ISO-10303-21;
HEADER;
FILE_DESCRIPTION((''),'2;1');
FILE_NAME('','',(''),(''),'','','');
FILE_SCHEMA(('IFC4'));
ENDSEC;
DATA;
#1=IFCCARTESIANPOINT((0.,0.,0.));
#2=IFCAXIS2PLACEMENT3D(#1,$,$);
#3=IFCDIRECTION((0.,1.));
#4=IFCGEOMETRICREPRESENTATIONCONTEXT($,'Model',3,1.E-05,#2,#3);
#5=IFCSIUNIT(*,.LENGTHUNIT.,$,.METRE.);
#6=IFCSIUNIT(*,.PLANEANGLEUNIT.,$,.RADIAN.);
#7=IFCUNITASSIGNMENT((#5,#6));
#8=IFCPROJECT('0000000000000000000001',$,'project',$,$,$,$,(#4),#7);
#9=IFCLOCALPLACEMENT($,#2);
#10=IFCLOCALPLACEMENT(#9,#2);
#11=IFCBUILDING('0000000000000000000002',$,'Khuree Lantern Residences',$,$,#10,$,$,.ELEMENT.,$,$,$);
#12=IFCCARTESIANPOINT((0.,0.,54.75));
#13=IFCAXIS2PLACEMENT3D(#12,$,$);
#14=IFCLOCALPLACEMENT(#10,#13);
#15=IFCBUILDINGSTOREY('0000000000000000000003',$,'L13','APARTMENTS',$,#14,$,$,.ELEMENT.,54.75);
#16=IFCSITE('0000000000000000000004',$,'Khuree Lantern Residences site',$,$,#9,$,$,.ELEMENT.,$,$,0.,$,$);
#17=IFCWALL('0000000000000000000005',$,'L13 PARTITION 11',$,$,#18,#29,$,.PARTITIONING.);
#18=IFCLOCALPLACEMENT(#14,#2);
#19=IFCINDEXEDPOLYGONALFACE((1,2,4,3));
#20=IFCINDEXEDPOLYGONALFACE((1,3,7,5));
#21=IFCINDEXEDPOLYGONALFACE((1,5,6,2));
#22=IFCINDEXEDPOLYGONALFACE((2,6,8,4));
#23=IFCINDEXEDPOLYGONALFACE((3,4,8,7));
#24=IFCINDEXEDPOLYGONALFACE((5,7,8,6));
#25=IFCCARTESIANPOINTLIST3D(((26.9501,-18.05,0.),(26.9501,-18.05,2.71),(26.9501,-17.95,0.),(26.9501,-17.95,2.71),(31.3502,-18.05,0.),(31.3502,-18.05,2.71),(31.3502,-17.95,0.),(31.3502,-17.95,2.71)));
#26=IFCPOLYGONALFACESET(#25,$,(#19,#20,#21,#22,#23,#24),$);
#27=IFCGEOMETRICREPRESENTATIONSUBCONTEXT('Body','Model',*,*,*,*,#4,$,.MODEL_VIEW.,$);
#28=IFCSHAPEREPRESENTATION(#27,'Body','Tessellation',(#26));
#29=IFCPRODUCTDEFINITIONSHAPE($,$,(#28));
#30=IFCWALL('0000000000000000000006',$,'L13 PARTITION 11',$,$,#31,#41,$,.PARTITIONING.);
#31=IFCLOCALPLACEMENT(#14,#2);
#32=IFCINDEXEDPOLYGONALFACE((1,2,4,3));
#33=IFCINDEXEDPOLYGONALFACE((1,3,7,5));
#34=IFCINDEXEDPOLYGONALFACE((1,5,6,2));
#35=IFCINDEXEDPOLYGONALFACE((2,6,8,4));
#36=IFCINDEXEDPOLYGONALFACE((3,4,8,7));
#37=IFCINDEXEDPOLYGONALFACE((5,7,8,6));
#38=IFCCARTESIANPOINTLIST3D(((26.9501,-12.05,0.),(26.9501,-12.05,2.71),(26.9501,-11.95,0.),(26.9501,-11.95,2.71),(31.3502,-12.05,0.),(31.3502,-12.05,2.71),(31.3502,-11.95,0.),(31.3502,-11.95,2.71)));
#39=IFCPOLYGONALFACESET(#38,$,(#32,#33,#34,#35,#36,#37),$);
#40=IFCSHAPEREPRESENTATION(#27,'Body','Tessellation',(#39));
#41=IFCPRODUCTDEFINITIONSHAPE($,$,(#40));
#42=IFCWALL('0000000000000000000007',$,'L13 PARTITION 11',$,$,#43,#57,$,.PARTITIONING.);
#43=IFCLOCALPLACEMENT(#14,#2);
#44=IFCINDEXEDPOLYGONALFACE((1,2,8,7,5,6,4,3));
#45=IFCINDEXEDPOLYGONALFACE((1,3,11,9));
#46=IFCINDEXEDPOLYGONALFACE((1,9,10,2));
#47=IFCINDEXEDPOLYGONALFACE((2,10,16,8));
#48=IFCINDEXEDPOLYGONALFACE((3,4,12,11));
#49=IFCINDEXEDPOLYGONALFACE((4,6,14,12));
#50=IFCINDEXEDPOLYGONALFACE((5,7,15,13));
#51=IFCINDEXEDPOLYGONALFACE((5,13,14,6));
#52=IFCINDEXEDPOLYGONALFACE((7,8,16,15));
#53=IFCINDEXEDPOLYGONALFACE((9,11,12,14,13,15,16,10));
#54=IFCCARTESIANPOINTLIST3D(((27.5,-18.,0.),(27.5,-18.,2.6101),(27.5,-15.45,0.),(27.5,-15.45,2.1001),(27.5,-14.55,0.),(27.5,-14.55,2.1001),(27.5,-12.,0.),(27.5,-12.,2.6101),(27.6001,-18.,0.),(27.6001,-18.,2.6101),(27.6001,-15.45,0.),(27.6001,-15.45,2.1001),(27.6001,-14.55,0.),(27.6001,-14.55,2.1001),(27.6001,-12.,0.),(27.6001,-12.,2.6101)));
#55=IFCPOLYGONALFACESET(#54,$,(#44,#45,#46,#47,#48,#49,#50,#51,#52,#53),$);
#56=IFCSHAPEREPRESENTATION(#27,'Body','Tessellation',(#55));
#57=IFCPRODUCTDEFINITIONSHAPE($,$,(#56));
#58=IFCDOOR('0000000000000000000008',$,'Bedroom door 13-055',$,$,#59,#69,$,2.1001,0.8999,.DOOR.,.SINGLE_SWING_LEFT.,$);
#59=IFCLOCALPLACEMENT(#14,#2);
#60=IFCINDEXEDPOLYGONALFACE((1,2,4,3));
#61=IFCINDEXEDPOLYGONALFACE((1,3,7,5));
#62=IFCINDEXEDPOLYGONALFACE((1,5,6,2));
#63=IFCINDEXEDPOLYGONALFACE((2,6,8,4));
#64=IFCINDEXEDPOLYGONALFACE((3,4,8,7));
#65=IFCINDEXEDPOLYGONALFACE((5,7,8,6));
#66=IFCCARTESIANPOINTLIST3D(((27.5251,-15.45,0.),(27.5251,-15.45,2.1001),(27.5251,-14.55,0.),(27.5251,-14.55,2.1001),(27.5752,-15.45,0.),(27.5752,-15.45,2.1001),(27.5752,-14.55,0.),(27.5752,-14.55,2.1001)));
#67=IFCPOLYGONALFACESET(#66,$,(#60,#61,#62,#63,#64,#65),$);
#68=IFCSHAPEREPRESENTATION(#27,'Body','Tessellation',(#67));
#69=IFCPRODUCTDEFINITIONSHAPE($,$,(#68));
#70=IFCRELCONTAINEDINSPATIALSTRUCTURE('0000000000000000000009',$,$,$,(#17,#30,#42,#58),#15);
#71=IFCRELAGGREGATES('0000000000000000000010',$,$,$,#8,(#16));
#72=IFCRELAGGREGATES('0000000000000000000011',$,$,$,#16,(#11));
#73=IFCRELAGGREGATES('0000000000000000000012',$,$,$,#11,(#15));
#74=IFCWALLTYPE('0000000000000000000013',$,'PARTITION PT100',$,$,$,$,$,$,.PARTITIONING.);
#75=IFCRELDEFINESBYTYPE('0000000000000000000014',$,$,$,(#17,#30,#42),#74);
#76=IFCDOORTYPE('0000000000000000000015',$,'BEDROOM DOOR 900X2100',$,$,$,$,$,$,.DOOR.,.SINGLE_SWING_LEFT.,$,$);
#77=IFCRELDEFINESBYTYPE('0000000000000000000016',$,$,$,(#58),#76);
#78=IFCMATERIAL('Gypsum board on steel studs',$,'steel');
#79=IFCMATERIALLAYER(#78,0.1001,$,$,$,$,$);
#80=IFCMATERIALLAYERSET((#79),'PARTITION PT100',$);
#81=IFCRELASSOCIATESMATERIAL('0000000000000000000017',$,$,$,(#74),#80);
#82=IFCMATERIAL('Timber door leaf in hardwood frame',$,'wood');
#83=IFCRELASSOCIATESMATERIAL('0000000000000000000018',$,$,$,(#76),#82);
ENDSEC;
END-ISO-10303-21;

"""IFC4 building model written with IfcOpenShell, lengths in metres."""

from ifc_helpers import new_model, si_unit, direction, frame, frame_2d, origin, place, context, subcontext, project, spatial, rectangle, extrude, material, layer, layer_set, type_object, element, fill, save


model = new_model("IFC4")

# Units and contexts
model_context = context("Model", 3, precision=1e-05, world=origin(), true_north=direction((0.0, 1.0)))
body_context = subcontext(model_context, "Body", "Model", "MODEL_VIEW")
ifc_project = project(units=[si_unit("LENGTHUNIT", "METRE"), si_unit("PLANEANGLEUNIT", "RADIAN")], contexts=[model_context])

# Site, building, storey
site_placement = place(None, origin())
site = spatial("IfcSite", under=ifc_project, at=site_placement, Name="Khuree Lantern Residences site", CompositionType="ELEMENT", RefElevation=0.0)
building_placement = place(site_placement, origin())
building = spatial("IfcBuilding", under=site, at=building_placement, Name="Khuree Lantern Residences", CompositionType="ELEMENT")
storey_placement = place(building_placement, frame((0.0, 0.0, 54.75)))
storey = spatial("IfcBuildingStorey", under=building, at=storey_placement, Name="L13", Description="APARTMENTS", CompositionType="ELEMENT", Elevation=54.75)

# Shared definitions
ifc_material_1 = material(Name="Timber door leaf in hardwood frame", Category="wood")

# Walls
ifc_material_2 = material(Name="Gypsum board on steel studs", Category="steel")
ifc_layer_1 = layer(ifc_material_2, 0.1001)
ifc_layer_set_1 = layer_set([ifc_layer_1], Name="PARTITION PT100")
wall_type_1 = type_object("IfcWallType", Name="PARTITION PT100", PredefinedType="PARTITIONING", material=ifc_layer_set_1)
for number, where, z_axis, x_axis, name in (
    (1, (26.95, -18.0, 0.0), (0.0, 0.0, 1.0), (1.0, 0.0, 0.0), "L13 PARTITION 11"),
    (2, (26.95, -12.0, 0.0), (0.0, 0.0, 1.0), (1.0, 0.0, 0.0), "L13 PARTITION 11"),
):
    element("IfcWall", number, at=place(storey_placement, frame(where, z_axis=z_axis, x_axis=x_axis)), inside=storey, type_object=wall_type_1, Name=name, PredefinedType="PARTITIONING", context=body_context, shape_type="SweptSolid", body=[
        extrude(rectangle(XDim=4.4001, YDim=0.1001, at=frame_2d((2.2002, 0.0))), origin(), (0.0, 0.0, 1.0), 2.71),
    ])

# Wall, opening, door
wall_1_placement = place(storey_placement, frame((27.55, -18.0, 0.0), z_axis=(0.0, 0.0, 1.0), x_axis=(0.0, 1.0, 0.0)))
wall_1 = element("IfcWall", 3, at=wall_1_placement, inside=storey, type_object=wall_type_1, Name="L13 PARTITION 11", PredefinedType="PARTITIONING", context=body_context, shape_type="SweptSolid", body=[
    extrude(rectangle(XDim=6.0, YDim=0.1001, at=frame_2d((3.0, 0.0))), origin(), (0.0, 0.0, 1.0), 2.6101),
])
opening_1_placement = place(wall_1_placement, frame((2.55, 0.0, 0.0)))
opening_1 = element("IfcOpeningElement", 4, at=opening_1_placement, cuts=wall_1, PredefinedType="OPENING", context=body_context, shape_type="SweptSolid", body=[
    extrude(rectangle(XDim=0.8999, YDim=2.1001, at=frame_2d((0.45, 1.05))), frame((0.0, 0.0601, 0.0), z_axis=(0.0, -1.0, 0.0), x_axis=(1.0, 0.0, 0.0)), (0.0, 0.0, 1.0), 0.1201),
])
door_type_1 = type_object("IfcDoorType", Name="BEDROOM DOOR 900X2100", OperationType="SINGLE_SWING_LEFT", PredefinedType="DOOR", material=ifc_material_1)
door_1_placement = place(opening_1_placement, origin())
door_1 = element("IfcDoor", 5, at=door_1_placement, inside=storey, type_object=door_type_1, Name="Bedroom door 13-055", OperationType="SINGLE_SWING_LEFT", OverallHeight=2.1001, OverallWidth=0.8999, PredefinedType="DOOR", context=body_context, shape_type="SweptSolid", body=[
    extrude(rectangle(XDim=0.8999, YDim=2.1001, at=frame_2d((0.45, 1.05))), frame((0.0, 0.0249, 0.0), z_axis=(0.0, -1.0, 0.0), x_axis=(1.0, 0.0, 0.0)), (0.0, 0.0, 1.0), 0.05),
])
fill(opening_1, door_1)

save(model, "model.ifc")
